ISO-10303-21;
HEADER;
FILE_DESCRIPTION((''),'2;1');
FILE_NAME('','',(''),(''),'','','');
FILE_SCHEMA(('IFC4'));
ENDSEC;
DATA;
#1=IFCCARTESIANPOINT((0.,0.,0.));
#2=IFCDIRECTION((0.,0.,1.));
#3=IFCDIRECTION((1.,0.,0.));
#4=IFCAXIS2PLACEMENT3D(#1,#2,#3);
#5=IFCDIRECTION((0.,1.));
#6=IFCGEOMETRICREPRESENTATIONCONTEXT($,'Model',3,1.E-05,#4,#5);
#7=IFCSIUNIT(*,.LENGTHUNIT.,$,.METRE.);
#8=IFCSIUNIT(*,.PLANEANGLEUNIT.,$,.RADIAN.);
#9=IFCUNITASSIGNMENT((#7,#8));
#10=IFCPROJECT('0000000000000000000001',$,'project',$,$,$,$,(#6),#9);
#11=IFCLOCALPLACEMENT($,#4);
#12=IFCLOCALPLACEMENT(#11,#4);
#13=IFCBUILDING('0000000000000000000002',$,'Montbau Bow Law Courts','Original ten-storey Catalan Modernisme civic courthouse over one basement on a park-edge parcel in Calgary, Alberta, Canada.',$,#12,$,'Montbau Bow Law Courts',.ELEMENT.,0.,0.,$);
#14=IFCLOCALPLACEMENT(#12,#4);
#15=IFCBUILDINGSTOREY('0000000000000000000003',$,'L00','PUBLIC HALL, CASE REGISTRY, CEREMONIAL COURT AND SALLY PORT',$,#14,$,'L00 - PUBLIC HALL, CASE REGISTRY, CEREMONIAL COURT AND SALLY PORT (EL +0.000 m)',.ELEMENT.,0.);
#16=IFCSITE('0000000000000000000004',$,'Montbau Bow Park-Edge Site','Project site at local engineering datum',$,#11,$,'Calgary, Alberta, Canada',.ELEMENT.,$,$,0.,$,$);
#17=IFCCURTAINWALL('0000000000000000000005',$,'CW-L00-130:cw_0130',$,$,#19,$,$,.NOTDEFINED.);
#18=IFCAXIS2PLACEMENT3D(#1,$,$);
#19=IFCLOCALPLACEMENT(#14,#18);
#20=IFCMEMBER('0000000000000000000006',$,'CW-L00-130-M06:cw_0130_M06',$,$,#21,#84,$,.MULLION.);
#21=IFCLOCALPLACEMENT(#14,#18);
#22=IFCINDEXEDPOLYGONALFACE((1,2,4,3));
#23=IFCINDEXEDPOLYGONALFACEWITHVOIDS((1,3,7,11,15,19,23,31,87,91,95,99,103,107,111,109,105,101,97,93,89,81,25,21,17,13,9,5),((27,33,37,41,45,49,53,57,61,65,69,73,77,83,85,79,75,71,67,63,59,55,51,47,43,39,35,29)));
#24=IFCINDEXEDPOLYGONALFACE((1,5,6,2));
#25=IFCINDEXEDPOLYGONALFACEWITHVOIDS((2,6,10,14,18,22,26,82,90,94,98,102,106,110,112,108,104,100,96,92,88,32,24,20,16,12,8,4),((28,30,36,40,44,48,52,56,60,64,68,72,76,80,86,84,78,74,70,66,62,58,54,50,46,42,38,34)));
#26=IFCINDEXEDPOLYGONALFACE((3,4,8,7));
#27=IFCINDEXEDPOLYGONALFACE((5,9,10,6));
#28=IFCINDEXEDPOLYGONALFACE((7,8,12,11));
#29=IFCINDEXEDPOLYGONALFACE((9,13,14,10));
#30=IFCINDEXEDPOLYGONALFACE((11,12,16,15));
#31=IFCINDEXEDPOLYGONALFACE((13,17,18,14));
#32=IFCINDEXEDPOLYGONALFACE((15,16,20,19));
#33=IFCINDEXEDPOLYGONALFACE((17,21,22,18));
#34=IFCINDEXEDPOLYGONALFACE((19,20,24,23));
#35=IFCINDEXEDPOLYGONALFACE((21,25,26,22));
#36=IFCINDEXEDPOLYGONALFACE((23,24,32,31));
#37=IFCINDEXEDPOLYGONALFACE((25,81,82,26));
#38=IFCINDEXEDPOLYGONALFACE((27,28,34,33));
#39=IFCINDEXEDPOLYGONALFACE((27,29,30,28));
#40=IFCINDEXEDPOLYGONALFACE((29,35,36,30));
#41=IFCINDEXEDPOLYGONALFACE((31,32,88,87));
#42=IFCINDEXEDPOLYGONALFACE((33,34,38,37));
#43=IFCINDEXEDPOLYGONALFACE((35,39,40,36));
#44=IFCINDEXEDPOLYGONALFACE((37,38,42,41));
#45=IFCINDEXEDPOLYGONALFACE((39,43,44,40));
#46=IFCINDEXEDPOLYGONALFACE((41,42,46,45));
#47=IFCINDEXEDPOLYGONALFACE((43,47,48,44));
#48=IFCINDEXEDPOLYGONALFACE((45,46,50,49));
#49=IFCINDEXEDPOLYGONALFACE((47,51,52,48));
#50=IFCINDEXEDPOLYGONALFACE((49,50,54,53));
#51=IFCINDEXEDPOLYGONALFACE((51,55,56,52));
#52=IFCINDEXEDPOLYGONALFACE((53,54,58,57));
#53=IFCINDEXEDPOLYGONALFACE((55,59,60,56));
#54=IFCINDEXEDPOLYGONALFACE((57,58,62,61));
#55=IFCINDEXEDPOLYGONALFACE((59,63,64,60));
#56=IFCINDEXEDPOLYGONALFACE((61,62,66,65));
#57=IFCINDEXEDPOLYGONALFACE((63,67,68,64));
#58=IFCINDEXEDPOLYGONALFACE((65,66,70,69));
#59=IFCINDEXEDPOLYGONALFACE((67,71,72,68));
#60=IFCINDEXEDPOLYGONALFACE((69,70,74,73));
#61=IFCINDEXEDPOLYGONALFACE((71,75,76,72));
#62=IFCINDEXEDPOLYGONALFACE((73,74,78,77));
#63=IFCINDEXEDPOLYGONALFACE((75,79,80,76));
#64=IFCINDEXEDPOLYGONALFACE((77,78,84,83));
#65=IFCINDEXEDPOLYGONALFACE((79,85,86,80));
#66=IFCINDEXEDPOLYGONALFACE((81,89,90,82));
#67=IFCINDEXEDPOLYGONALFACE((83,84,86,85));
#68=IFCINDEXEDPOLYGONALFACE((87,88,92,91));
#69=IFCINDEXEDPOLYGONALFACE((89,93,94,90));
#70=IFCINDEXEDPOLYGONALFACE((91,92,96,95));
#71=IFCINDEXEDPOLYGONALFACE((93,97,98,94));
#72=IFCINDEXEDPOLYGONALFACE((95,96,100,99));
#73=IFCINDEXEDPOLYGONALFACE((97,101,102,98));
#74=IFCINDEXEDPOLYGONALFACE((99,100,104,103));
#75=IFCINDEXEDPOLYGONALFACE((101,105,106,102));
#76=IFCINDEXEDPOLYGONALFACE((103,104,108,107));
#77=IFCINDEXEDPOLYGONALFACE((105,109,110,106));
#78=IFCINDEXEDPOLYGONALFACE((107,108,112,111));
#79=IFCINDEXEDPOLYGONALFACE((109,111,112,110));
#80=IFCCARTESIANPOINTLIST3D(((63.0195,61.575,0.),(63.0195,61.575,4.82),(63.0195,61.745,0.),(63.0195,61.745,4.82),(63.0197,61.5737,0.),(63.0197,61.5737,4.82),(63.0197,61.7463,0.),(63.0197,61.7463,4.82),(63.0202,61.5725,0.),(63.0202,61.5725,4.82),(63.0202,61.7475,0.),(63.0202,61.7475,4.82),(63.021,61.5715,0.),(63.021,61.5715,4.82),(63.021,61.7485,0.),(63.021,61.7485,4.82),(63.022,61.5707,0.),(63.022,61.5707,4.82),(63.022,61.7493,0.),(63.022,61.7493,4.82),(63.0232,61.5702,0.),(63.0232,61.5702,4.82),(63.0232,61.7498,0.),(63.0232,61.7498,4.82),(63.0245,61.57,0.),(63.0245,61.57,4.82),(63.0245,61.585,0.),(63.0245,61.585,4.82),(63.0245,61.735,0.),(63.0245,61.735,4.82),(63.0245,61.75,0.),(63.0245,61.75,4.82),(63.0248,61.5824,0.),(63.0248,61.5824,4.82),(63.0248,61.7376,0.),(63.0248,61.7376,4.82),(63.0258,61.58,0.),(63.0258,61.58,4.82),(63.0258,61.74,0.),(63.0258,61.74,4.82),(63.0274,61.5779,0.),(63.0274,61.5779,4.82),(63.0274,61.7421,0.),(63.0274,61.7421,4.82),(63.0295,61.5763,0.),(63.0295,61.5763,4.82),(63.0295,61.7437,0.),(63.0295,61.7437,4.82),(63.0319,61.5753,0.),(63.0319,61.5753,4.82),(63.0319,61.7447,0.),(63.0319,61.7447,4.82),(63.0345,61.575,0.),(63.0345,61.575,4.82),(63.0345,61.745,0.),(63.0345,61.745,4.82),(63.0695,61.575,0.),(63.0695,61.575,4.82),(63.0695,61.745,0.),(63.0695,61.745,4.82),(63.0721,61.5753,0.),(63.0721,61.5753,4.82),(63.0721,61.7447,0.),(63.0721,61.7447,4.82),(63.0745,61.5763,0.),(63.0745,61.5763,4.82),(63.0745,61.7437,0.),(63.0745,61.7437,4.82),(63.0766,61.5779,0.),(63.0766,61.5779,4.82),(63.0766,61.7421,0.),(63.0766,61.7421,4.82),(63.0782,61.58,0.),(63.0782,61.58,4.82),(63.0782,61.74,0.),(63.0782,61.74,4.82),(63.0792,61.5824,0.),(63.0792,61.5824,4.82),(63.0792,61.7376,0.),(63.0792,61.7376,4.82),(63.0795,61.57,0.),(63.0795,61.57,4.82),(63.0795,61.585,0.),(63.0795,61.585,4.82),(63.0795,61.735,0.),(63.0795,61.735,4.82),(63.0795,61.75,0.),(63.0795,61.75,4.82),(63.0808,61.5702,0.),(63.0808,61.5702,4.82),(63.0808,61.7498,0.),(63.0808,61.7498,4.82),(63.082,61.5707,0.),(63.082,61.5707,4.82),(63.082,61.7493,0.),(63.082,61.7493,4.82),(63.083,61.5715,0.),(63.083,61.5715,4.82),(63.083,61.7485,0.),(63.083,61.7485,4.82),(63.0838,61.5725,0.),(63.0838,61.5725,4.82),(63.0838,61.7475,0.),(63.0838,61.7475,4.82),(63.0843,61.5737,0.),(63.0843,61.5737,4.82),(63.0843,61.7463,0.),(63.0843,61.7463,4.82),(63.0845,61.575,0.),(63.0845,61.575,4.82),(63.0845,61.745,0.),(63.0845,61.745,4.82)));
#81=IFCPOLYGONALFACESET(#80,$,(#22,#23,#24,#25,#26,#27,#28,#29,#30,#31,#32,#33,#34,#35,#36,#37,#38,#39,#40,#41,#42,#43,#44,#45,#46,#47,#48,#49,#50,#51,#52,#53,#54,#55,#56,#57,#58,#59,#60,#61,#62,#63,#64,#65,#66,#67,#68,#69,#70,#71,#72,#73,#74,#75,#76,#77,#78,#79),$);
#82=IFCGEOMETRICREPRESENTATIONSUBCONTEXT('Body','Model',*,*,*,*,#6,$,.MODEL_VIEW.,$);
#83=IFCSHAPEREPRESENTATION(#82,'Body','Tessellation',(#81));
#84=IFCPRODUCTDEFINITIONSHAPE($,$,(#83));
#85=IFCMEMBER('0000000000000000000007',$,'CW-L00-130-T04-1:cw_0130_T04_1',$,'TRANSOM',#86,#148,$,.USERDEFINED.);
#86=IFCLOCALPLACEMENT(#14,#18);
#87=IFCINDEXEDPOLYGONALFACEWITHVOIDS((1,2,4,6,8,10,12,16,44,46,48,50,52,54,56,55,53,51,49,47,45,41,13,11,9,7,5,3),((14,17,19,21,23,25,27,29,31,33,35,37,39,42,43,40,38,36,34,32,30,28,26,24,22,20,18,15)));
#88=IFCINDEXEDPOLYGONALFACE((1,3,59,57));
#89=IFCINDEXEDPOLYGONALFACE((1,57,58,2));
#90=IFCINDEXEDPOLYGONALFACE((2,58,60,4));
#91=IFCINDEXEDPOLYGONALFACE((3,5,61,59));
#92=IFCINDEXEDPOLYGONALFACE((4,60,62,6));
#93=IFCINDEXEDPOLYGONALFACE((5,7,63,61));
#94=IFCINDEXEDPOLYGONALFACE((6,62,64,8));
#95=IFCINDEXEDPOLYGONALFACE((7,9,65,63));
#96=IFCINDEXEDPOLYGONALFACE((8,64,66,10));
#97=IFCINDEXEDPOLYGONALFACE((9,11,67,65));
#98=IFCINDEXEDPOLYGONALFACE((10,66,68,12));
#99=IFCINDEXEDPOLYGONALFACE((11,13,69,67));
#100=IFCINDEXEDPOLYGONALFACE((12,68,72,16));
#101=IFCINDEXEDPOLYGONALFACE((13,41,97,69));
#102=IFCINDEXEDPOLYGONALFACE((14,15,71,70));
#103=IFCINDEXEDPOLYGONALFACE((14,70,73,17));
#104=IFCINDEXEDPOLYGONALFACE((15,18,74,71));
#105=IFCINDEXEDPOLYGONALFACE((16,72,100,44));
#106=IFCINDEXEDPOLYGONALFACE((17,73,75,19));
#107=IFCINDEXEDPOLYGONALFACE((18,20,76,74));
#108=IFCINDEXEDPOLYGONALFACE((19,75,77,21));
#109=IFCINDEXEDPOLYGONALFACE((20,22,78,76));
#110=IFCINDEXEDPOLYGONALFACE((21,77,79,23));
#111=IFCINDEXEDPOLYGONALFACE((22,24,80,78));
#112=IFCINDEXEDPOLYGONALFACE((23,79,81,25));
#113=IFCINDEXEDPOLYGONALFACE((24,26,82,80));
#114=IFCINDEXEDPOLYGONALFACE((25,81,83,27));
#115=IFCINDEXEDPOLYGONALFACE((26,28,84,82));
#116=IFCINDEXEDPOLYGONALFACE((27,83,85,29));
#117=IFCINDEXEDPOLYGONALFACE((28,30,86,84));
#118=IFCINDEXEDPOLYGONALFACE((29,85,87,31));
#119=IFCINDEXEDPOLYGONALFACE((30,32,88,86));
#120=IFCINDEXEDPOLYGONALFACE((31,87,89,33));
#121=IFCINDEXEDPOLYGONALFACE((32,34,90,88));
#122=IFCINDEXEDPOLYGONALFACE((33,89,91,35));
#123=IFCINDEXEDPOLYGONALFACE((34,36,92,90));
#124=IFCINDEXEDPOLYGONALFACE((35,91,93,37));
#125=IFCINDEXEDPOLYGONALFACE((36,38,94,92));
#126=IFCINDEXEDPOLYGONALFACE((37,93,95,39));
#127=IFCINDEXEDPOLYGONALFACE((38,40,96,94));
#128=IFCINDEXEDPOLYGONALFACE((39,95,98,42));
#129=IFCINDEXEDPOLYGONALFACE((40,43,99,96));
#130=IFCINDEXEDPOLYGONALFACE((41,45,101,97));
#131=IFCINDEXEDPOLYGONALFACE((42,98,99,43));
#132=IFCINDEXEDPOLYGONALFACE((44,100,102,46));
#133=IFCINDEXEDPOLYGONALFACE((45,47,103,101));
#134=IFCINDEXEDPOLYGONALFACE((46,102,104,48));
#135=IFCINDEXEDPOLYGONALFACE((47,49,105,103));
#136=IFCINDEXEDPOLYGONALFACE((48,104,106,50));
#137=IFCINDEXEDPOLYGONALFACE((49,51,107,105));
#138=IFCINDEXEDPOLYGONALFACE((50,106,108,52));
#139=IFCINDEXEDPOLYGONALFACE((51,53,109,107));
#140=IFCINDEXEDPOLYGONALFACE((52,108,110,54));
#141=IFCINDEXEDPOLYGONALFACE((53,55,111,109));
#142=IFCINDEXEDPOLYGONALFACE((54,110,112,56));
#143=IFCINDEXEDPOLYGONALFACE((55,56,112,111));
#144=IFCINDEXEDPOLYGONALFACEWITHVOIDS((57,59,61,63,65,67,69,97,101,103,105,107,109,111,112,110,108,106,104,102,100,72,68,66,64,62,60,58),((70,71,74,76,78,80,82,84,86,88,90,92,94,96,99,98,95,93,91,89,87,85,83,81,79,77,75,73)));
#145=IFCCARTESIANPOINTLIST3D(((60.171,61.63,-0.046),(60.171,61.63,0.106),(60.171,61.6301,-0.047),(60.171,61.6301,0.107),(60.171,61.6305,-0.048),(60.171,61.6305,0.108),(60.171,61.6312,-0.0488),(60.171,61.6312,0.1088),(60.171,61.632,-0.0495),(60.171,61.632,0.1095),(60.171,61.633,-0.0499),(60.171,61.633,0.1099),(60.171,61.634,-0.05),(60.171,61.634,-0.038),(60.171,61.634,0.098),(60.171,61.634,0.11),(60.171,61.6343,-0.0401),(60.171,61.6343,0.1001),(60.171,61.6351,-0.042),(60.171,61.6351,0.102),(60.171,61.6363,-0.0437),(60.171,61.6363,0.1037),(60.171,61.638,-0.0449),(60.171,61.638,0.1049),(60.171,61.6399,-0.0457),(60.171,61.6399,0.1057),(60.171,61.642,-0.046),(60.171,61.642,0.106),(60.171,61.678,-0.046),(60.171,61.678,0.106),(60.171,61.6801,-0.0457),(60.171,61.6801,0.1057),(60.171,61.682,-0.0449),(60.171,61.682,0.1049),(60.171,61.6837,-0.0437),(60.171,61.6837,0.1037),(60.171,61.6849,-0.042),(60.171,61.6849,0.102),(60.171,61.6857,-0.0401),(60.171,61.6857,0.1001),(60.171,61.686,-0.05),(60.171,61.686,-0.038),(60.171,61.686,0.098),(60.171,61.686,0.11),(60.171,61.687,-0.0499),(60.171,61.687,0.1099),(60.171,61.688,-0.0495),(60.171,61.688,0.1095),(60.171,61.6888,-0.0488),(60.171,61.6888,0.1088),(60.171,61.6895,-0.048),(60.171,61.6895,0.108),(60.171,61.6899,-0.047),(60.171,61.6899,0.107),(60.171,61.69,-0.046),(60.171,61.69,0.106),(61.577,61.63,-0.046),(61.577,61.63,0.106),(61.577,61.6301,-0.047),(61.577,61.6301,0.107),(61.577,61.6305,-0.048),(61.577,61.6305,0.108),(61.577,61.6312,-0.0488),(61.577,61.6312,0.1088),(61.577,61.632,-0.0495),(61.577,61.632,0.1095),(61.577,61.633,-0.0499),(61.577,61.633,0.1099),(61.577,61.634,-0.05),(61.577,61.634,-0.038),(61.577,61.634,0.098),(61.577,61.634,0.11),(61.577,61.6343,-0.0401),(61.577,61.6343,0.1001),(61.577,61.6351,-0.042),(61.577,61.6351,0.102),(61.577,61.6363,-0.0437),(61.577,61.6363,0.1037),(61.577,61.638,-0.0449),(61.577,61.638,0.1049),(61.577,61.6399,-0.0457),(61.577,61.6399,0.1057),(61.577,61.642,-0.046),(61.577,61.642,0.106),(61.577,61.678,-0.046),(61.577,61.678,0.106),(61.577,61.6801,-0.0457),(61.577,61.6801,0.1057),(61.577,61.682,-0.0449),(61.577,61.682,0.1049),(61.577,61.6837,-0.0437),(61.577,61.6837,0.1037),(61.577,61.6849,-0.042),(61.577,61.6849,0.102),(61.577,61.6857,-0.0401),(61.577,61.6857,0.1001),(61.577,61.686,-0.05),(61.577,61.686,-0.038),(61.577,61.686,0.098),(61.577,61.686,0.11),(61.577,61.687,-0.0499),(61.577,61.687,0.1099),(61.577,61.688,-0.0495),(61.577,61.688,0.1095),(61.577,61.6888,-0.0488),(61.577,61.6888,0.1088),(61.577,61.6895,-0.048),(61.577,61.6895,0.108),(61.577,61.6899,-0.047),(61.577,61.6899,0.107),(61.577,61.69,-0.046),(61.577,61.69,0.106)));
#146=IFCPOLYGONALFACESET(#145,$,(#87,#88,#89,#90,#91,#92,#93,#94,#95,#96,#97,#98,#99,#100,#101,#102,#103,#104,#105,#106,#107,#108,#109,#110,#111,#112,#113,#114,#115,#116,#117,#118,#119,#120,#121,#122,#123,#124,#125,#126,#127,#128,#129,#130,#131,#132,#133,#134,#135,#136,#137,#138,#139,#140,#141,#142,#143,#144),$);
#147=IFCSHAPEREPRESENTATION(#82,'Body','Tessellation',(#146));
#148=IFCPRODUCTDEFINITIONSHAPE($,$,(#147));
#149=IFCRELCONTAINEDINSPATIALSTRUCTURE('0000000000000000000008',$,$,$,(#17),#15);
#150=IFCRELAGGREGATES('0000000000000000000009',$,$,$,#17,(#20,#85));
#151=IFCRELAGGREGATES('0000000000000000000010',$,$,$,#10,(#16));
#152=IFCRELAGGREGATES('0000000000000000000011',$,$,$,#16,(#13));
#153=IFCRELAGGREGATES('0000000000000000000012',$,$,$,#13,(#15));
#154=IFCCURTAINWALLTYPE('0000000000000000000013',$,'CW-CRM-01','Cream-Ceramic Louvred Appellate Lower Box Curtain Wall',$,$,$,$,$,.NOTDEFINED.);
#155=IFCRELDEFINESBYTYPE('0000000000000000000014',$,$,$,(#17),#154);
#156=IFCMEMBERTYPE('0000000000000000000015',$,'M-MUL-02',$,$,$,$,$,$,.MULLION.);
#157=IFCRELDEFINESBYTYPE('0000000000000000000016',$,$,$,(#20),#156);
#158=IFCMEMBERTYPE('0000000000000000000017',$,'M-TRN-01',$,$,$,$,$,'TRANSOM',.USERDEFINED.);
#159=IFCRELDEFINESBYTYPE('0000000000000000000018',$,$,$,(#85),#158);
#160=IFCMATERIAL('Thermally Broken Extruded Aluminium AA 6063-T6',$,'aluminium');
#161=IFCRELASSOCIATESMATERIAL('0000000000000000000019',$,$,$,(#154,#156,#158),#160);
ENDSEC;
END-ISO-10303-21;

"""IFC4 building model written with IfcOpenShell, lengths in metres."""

from ifc_helpers import new_model, si_unit, direction, frame, origin_with_axes, origin_2d_with_axis, place, context, subcontext, project, spatial, hollow_rectangle, extrude, material, material_profile, profile_set, type_object, element, aggregate, save


model = new_model("IFC4")

# Units and contexts
model_context = context("Model", 3, precision=1e-05, world=origin_with_axes(), true_north=direction((0.0, 1.0)))
body_context = subcontext(model_context, "Body", "Model", "MODEL_VIEW")
ifc_project = project(units=[si_unit("LENGTHUNIT", "METRE"), si_unit("PLANEANGLEUNIT", "RADIAN")], contexts=[model_context])

# Site, building, storey
site_placement = place(None, origin_with_axes())
site = spatial("IfcSite", under=ifc_project, at=site_placement, Name="Montbau Bow Park-Edge Site", Description="Project site at local engineering datum", LongName="Calgary, Alberta, Canada", CompositionType="ELEMENT", RefElevation=0.0)
building_placement = place(site_placement, origin_with_axes())
building = spatial("IfcBuilding", under=site, at=building_placement, Name="Montbau Bow Law Courts", Description="Original ten-storey Catalan Modernisme civic courthouse over one basement on a park-edge parcel in Calgary, Alberta, Canada.", LongName="Montbau Bow Law Courts", CompositionType="ELEMENT", ElevationOfRefHeight=0.0, ElevationOfTerrain=0.0)
storey_placement = place(building_placement, origin_with_axes())
storey = spatial("IfcBuildingStorey", under=building, at=storey_placement, Name="L00", Description="PUBLIC HALL, CASE REGISTRY, CEREMONIAL COURT AND SALLY PORT", LongName="L00 - PUBLIC HALL, CASE REGISTRY, CEREMONIAL COURT AND SALLY PORT (EL +0.000 m)", CompositionType="ELEMENT", Elevation=0.0)

# Curtain wall, members
ifc_material_1 = material(Name="Thermally Broken Extruded Aluminium AA 6063-T6", Category="aluminium")
curtain_wall_type = type_object("IfcCurtainWallType", Name="CW-CRM-01", Description="Cream-Ceramic Louvred Appellate Lower Box Curtain Wall", PredefinedType="NOTDEFINED", material=ifc_material_1)
curtain_wall_placement = place(None, frame((55.715, 61.66, 0.0), z_axis=(0.0, 0.0, 1.0), x_axis=(1.0, 0.0, 0.0)))
curtain_wall = element("IfcCurtainWall", 1, at=curtain_wall_placement, inside=storey, type_object=curtain_wall_type, Name="CW-L00-130:cw_0130", PredefinedType="NOTDEFINED")
ifc_material_profile_1 = material_profile(ifc_material_1, hollow_rectangle(XDim=0.065, YDim=0.18, WallThickness=0.005, InnerFilletRadius=0.01, OuterFilletRadius=0.005, at=origin_2d_with_axis()), Name="CWM-180X65", Category="Main", Priority=0)
ifc_profile_set_1 = profile_set([ifc_material_profile_1], Name="Thermally Broken Extruded Aluminium AA 6063-T6")
member_type_1 = type_object("IfcMemberType", Name="M-MUL-02", PredefinedType="MULLION", material=ifc_profile_set_1)
member_1_placement = place(None, frame((63.052, 61.66, 0.0), z_axis=(0.0, 0.0, 1.0), x_axis=(1.0, 0.0, 0.0)))
member_1 = element("IfcMember", 2, at=member_1_placement, type_object=member_type_1, Name="CW-L00-130-M06:cw_0130_M06", PredefinedType="MULLION", context=body_context, shape_type="SweptSolid", body=[
    extrude(hollow_rectangle(XDim=0.065, YDim=0.18, WallThickness=0.005, InnerFilletRadius=0.01, OuterFilletRadius=0.005, at=origin_2d_with_axis()), origin_with_axes(), (0.0, 0.0, 1.0), 4.82),
])
ifc_material_profile_2 = material_profile(ifc_material_1, hollow_rectangle(XDim=0.06, YDim=0.16, WallThickness=0.004, InnerFilletRadius=0.008, OuterFilletRadius=0.004, at=origin_2d_with_axis()), Name="CWT-160X60", Category="Main", Priority=0)
ifc_profile_set_2 = profile_set([ifc_material_profile_2], Name="Thermally Broken Extruded Aluminium AA 6063-T6")
member_type_2 = type_object("IfcMemberType", Name="M-TRN-01", ElementType="TRANSOM", PredefinedType="USERDEFINED", material=ifc_profile_set_2)
member_2_placement = place(None, frame((60.171, 61.66, 0.03), z_axis=(1.0, 0.0, 0.0), x_axis=(0.0, 1.0, 0.0)))
member_2 = element("IfcMember", 3, at=member_2_placement, type_object=member_type_2, Name="CW-L00-130-T04-1:cw_0130_T04_1", ObjectType="TRANSOM", PredefinedType="USERDEFINED", context=body_context, shape_type="SweptSolid", body=[
    extrude(hollow_rectangle(XDim=0.06, YDim=0.16, WallThickness=0.004, InnerFilletRadius=0.008, OuterFilletRadius=0.004, at=origin_2d_with_axis()), origin_with_axes(), (0.0, 0.0, 1.0), 1.406),
])
aggregate(curtain_wall, [member_1, member_2])

save(model, "model.ifc")
